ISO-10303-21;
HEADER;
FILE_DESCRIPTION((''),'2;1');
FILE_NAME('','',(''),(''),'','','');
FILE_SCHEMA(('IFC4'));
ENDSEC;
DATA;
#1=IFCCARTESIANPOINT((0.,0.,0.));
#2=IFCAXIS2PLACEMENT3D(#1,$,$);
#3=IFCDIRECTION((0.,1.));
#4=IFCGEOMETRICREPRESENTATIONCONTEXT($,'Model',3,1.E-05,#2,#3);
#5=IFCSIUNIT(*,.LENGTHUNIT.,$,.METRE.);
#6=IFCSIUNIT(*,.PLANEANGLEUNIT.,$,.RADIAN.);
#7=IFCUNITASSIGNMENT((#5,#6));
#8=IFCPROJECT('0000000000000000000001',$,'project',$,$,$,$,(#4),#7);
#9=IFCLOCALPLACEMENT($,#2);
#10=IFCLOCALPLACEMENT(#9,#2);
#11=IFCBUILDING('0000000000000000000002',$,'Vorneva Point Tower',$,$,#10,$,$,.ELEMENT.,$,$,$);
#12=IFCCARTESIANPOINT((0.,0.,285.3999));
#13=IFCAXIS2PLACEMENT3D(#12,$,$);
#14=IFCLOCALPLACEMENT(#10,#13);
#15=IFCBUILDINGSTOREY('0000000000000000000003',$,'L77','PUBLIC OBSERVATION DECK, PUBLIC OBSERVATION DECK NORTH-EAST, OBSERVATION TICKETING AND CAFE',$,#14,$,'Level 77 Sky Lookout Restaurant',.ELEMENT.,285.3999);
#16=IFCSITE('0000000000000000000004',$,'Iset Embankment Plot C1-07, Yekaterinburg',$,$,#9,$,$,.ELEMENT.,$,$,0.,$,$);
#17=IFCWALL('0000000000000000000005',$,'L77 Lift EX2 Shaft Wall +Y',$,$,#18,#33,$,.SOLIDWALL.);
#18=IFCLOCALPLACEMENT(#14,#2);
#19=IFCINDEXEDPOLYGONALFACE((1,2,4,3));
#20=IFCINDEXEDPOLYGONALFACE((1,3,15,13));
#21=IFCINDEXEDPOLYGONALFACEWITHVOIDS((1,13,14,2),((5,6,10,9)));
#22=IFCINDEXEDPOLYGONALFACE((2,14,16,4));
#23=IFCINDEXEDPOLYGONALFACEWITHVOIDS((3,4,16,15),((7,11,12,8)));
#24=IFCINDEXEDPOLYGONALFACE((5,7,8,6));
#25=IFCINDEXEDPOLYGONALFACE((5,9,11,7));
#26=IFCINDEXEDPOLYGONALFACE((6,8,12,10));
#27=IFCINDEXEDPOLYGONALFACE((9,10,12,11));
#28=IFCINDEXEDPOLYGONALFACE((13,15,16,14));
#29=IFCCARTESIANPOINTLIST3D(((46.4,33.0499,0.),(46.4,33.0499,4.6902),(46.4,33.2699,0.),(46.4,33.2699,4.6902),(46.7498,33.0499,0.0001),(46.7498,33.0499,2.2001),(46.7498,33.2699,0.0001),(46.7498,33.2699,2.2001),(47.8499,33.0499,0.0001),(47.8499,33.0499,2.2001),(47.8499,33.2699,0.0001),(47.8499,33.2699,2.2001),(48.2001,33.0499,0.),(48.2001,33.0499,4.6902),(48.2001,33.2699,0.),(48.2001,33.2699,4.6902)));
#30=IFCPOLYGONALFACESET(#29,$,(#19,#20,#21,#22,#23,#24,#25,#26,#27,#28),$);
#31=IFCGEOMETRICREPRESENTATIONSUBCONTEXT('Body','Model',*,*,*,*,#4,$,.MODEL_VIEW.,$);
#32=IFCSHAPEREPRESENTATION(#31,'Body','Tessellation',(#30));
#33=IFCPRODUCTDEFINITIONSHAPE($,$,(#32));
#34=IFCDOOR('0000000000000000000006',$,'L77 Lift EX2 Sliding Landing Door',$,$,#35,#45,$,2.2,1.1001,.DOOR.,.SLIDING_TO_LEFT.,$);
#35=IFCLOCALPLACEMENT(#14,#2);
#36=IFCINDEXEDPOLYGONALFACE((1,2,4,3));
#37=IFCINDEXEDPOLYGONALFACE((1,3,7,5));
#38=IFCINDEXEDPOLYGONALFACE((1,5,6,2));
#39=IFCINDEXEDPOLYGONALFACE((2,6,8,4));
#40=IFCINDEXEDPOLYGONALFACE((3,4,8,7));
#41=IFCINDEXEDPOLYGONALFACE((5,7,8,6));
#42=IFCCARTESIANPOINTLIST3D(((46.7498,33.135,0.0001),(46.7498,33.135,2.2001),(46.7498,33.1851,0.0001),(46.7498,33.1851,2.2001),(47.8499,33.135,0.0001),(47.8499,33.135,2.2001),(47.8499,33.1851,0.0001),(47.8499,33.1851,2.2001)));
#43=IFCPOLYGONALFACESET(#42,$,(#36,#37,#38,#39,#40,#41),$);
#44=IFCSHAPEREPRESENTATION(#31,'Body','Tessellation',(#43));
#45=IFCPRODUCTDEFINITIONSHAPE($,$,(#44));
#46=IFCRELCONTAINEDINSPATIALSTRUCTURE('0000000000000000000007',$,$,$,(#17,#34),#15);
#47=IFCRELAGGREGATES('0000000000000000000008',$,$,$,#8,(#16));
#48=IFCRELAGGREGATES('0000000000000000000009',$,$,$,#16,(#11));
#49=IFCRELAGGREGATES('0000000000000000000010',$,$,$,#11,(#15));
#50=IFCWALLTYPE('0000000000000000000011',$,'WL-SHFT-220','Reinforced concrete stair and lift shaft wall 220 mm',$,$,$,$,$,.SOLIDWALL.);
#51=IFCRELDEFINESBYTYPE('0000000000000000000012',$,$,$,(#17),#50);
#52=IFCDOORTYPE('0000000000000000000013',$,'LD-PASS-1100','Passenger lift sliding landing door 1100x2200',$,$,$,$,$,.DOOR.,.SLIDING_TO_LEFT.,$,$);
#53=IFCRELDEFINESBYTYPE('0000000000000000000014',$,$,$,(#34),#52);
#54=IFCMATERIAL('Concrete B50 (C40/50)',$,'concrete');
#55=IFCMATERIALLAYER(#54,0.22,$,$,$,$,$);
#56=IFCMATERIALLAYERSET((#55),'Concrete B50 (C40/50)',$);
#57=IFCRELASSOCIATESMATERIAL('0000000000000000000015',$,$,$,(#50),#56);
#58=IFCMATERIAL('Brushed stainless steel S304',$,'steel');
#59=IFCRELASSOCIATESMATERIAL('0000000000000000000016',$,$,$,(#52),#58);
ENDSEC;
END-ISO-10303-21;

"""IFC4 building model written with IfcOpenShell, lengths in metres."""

from ifc_helpers import new_model, si_unit, direction, frame, frame_2d, origin, place, context, subcontext, project, spatial, rectangle, extrude, material, layer, layer_set, type_object, element, fill, save


model = new_model("IFC4")

# Units and contexts
model_context = context("Model", 3, precision=1e-05, world=origin(), true_north=direction((0.0, 1.0)))
body_context = subcontext(model_context, "Body", "Model", "MODEL_VIEW")
ifc_project = project(units=[si_unit("LENGTHUNIT", "METRE"), si_unit("PLANEANGLEUNIT", "RADIAN")], contexts=[model_context])

# Site, building, storey
site_placement = place(None, origin())
site = spatial("IfcSite", under=ifc_project, at=site_placement, Name="Iset Embankment Plot C1-07, Yekaterinburg", CompositionType="ELEMENT", RefElevation=0.0)
building_placement = place(site_placement, origin())
building = spatial("IfcBuilding", under=site, at=building_placement, Name="Vorneva Point Tower", CompositionType="ELEMENT")
storey_placement = place(building_placement, frame((0.0, 0.0, 285.3999)))
storey = spatial("IfcBuildingStorey", under=building, at=storey_placement, Name="L77", Description="PUBLIC OBSERVATION DECK, PUBLIC OBSERVATION DECK NORTH-EAST, OBSERVATION TICKETING AND CAFE", LongName="Level 77 Sky Lookout Restaurant", CompositionType="ELEMENT", Elevation=285.3999)

# Shared definitions
ifc_material_1 = material(Name="Concrete B50 (C40/50)", Category="concrete")

# Wall, opening, door
ifc_layer_1 = layer(ifc_material_1, 0.22)
ifc_layer_set_1 = layer_set([ifc_layer_1], Name="Concrete B50 (C40/50)")
wall_type_1 = type_object("IfcWallType", Name="WL-SHFT-220", Description="Reinforced concrete stair and lift shaft wall 220 mm", PredefinedType="SOLIDWALL", material=ifc_layer_set_1)
wall_1_placement = place(storey_placement, frame((48.2, 33.1599, 0.0), z_axis=(0.0, 0.0, 1.0), x_axis=(-1.0, 0.0, 0.0)))
wall_1 = element("IfcWall", 1, at=wall_1_placement, inside=storey, type_object=wall_type_1, Name="L77 Lift EX2 Shaft Wall +Y", PredefinedType="SOLIDWALL", context=body_context, shape_type="SweptSolid", body=[
    extrude(rectangle(XDim=1.8, YDim=0.22, at=frame_2d((0.8999, 0.0))), origin(), (0.0, 0.0, 1.0), 4.6902),
])
opening_1_placement = place(wall_1_placement, frame((0.3501, 0.0, 0.0)))
opening_1 = element("IfcOpeningElement", 2, at=opening_1_placement, cuts=wall_1, PredefinedType="OPENING", context=body_context, shape_type="SweptSolid", body=[
    extrude(rectangle(XDim=1.1001, YDim=2.2, at=frame_2d((0.55, 1.1001))), frame((0.0, 0.125, 0.0), z_axis=(0.0, -1.0, 0.0), x_axis=(1.0, 0.0, 0.0)), (0.0, 0.0, 1.0), 0.2498),
])
ifc_material_2 = material(Name="Brushed stainless steel S304", Category="steel")
door_type_1 = type_object("IfcDoorType", Name="LD-PASS-1100", Description="Passenger lift sliding landing door 1100x2200", OperationType="SLIDING_TO_LEFT", PredefinedType="DOOR", material=ifc_material_2)
door_1_placement = place(opening_1_placement, origin())
door_1 = element("IfcDoor", 3, at=door_1_placement, inside=storey, type_object=door_type_1, Name="L77 Lift EX2 Sliding Landing Door", OperationType="SLIDING_TO_LEFT", OverallHeight=2.2, OverallWidth=1.1001, PredefinedType="DOOR", context=body_context, shape_type="SweptSolid", body=[
    extrude(rectangle(XDim=1.1001, YDim=2.2, at=frame_2d((0.55, 1.1001))), frame((0.0, 0.0249, 0.0), z_axis=(0.0, -1.0, 0.0), x_axis=(1.0, 0.0, 0.0)), (0.0, 0.0, 1.0), 0.05),
])
fill(opening_1, door_1)

save(model, "model.ifc")
